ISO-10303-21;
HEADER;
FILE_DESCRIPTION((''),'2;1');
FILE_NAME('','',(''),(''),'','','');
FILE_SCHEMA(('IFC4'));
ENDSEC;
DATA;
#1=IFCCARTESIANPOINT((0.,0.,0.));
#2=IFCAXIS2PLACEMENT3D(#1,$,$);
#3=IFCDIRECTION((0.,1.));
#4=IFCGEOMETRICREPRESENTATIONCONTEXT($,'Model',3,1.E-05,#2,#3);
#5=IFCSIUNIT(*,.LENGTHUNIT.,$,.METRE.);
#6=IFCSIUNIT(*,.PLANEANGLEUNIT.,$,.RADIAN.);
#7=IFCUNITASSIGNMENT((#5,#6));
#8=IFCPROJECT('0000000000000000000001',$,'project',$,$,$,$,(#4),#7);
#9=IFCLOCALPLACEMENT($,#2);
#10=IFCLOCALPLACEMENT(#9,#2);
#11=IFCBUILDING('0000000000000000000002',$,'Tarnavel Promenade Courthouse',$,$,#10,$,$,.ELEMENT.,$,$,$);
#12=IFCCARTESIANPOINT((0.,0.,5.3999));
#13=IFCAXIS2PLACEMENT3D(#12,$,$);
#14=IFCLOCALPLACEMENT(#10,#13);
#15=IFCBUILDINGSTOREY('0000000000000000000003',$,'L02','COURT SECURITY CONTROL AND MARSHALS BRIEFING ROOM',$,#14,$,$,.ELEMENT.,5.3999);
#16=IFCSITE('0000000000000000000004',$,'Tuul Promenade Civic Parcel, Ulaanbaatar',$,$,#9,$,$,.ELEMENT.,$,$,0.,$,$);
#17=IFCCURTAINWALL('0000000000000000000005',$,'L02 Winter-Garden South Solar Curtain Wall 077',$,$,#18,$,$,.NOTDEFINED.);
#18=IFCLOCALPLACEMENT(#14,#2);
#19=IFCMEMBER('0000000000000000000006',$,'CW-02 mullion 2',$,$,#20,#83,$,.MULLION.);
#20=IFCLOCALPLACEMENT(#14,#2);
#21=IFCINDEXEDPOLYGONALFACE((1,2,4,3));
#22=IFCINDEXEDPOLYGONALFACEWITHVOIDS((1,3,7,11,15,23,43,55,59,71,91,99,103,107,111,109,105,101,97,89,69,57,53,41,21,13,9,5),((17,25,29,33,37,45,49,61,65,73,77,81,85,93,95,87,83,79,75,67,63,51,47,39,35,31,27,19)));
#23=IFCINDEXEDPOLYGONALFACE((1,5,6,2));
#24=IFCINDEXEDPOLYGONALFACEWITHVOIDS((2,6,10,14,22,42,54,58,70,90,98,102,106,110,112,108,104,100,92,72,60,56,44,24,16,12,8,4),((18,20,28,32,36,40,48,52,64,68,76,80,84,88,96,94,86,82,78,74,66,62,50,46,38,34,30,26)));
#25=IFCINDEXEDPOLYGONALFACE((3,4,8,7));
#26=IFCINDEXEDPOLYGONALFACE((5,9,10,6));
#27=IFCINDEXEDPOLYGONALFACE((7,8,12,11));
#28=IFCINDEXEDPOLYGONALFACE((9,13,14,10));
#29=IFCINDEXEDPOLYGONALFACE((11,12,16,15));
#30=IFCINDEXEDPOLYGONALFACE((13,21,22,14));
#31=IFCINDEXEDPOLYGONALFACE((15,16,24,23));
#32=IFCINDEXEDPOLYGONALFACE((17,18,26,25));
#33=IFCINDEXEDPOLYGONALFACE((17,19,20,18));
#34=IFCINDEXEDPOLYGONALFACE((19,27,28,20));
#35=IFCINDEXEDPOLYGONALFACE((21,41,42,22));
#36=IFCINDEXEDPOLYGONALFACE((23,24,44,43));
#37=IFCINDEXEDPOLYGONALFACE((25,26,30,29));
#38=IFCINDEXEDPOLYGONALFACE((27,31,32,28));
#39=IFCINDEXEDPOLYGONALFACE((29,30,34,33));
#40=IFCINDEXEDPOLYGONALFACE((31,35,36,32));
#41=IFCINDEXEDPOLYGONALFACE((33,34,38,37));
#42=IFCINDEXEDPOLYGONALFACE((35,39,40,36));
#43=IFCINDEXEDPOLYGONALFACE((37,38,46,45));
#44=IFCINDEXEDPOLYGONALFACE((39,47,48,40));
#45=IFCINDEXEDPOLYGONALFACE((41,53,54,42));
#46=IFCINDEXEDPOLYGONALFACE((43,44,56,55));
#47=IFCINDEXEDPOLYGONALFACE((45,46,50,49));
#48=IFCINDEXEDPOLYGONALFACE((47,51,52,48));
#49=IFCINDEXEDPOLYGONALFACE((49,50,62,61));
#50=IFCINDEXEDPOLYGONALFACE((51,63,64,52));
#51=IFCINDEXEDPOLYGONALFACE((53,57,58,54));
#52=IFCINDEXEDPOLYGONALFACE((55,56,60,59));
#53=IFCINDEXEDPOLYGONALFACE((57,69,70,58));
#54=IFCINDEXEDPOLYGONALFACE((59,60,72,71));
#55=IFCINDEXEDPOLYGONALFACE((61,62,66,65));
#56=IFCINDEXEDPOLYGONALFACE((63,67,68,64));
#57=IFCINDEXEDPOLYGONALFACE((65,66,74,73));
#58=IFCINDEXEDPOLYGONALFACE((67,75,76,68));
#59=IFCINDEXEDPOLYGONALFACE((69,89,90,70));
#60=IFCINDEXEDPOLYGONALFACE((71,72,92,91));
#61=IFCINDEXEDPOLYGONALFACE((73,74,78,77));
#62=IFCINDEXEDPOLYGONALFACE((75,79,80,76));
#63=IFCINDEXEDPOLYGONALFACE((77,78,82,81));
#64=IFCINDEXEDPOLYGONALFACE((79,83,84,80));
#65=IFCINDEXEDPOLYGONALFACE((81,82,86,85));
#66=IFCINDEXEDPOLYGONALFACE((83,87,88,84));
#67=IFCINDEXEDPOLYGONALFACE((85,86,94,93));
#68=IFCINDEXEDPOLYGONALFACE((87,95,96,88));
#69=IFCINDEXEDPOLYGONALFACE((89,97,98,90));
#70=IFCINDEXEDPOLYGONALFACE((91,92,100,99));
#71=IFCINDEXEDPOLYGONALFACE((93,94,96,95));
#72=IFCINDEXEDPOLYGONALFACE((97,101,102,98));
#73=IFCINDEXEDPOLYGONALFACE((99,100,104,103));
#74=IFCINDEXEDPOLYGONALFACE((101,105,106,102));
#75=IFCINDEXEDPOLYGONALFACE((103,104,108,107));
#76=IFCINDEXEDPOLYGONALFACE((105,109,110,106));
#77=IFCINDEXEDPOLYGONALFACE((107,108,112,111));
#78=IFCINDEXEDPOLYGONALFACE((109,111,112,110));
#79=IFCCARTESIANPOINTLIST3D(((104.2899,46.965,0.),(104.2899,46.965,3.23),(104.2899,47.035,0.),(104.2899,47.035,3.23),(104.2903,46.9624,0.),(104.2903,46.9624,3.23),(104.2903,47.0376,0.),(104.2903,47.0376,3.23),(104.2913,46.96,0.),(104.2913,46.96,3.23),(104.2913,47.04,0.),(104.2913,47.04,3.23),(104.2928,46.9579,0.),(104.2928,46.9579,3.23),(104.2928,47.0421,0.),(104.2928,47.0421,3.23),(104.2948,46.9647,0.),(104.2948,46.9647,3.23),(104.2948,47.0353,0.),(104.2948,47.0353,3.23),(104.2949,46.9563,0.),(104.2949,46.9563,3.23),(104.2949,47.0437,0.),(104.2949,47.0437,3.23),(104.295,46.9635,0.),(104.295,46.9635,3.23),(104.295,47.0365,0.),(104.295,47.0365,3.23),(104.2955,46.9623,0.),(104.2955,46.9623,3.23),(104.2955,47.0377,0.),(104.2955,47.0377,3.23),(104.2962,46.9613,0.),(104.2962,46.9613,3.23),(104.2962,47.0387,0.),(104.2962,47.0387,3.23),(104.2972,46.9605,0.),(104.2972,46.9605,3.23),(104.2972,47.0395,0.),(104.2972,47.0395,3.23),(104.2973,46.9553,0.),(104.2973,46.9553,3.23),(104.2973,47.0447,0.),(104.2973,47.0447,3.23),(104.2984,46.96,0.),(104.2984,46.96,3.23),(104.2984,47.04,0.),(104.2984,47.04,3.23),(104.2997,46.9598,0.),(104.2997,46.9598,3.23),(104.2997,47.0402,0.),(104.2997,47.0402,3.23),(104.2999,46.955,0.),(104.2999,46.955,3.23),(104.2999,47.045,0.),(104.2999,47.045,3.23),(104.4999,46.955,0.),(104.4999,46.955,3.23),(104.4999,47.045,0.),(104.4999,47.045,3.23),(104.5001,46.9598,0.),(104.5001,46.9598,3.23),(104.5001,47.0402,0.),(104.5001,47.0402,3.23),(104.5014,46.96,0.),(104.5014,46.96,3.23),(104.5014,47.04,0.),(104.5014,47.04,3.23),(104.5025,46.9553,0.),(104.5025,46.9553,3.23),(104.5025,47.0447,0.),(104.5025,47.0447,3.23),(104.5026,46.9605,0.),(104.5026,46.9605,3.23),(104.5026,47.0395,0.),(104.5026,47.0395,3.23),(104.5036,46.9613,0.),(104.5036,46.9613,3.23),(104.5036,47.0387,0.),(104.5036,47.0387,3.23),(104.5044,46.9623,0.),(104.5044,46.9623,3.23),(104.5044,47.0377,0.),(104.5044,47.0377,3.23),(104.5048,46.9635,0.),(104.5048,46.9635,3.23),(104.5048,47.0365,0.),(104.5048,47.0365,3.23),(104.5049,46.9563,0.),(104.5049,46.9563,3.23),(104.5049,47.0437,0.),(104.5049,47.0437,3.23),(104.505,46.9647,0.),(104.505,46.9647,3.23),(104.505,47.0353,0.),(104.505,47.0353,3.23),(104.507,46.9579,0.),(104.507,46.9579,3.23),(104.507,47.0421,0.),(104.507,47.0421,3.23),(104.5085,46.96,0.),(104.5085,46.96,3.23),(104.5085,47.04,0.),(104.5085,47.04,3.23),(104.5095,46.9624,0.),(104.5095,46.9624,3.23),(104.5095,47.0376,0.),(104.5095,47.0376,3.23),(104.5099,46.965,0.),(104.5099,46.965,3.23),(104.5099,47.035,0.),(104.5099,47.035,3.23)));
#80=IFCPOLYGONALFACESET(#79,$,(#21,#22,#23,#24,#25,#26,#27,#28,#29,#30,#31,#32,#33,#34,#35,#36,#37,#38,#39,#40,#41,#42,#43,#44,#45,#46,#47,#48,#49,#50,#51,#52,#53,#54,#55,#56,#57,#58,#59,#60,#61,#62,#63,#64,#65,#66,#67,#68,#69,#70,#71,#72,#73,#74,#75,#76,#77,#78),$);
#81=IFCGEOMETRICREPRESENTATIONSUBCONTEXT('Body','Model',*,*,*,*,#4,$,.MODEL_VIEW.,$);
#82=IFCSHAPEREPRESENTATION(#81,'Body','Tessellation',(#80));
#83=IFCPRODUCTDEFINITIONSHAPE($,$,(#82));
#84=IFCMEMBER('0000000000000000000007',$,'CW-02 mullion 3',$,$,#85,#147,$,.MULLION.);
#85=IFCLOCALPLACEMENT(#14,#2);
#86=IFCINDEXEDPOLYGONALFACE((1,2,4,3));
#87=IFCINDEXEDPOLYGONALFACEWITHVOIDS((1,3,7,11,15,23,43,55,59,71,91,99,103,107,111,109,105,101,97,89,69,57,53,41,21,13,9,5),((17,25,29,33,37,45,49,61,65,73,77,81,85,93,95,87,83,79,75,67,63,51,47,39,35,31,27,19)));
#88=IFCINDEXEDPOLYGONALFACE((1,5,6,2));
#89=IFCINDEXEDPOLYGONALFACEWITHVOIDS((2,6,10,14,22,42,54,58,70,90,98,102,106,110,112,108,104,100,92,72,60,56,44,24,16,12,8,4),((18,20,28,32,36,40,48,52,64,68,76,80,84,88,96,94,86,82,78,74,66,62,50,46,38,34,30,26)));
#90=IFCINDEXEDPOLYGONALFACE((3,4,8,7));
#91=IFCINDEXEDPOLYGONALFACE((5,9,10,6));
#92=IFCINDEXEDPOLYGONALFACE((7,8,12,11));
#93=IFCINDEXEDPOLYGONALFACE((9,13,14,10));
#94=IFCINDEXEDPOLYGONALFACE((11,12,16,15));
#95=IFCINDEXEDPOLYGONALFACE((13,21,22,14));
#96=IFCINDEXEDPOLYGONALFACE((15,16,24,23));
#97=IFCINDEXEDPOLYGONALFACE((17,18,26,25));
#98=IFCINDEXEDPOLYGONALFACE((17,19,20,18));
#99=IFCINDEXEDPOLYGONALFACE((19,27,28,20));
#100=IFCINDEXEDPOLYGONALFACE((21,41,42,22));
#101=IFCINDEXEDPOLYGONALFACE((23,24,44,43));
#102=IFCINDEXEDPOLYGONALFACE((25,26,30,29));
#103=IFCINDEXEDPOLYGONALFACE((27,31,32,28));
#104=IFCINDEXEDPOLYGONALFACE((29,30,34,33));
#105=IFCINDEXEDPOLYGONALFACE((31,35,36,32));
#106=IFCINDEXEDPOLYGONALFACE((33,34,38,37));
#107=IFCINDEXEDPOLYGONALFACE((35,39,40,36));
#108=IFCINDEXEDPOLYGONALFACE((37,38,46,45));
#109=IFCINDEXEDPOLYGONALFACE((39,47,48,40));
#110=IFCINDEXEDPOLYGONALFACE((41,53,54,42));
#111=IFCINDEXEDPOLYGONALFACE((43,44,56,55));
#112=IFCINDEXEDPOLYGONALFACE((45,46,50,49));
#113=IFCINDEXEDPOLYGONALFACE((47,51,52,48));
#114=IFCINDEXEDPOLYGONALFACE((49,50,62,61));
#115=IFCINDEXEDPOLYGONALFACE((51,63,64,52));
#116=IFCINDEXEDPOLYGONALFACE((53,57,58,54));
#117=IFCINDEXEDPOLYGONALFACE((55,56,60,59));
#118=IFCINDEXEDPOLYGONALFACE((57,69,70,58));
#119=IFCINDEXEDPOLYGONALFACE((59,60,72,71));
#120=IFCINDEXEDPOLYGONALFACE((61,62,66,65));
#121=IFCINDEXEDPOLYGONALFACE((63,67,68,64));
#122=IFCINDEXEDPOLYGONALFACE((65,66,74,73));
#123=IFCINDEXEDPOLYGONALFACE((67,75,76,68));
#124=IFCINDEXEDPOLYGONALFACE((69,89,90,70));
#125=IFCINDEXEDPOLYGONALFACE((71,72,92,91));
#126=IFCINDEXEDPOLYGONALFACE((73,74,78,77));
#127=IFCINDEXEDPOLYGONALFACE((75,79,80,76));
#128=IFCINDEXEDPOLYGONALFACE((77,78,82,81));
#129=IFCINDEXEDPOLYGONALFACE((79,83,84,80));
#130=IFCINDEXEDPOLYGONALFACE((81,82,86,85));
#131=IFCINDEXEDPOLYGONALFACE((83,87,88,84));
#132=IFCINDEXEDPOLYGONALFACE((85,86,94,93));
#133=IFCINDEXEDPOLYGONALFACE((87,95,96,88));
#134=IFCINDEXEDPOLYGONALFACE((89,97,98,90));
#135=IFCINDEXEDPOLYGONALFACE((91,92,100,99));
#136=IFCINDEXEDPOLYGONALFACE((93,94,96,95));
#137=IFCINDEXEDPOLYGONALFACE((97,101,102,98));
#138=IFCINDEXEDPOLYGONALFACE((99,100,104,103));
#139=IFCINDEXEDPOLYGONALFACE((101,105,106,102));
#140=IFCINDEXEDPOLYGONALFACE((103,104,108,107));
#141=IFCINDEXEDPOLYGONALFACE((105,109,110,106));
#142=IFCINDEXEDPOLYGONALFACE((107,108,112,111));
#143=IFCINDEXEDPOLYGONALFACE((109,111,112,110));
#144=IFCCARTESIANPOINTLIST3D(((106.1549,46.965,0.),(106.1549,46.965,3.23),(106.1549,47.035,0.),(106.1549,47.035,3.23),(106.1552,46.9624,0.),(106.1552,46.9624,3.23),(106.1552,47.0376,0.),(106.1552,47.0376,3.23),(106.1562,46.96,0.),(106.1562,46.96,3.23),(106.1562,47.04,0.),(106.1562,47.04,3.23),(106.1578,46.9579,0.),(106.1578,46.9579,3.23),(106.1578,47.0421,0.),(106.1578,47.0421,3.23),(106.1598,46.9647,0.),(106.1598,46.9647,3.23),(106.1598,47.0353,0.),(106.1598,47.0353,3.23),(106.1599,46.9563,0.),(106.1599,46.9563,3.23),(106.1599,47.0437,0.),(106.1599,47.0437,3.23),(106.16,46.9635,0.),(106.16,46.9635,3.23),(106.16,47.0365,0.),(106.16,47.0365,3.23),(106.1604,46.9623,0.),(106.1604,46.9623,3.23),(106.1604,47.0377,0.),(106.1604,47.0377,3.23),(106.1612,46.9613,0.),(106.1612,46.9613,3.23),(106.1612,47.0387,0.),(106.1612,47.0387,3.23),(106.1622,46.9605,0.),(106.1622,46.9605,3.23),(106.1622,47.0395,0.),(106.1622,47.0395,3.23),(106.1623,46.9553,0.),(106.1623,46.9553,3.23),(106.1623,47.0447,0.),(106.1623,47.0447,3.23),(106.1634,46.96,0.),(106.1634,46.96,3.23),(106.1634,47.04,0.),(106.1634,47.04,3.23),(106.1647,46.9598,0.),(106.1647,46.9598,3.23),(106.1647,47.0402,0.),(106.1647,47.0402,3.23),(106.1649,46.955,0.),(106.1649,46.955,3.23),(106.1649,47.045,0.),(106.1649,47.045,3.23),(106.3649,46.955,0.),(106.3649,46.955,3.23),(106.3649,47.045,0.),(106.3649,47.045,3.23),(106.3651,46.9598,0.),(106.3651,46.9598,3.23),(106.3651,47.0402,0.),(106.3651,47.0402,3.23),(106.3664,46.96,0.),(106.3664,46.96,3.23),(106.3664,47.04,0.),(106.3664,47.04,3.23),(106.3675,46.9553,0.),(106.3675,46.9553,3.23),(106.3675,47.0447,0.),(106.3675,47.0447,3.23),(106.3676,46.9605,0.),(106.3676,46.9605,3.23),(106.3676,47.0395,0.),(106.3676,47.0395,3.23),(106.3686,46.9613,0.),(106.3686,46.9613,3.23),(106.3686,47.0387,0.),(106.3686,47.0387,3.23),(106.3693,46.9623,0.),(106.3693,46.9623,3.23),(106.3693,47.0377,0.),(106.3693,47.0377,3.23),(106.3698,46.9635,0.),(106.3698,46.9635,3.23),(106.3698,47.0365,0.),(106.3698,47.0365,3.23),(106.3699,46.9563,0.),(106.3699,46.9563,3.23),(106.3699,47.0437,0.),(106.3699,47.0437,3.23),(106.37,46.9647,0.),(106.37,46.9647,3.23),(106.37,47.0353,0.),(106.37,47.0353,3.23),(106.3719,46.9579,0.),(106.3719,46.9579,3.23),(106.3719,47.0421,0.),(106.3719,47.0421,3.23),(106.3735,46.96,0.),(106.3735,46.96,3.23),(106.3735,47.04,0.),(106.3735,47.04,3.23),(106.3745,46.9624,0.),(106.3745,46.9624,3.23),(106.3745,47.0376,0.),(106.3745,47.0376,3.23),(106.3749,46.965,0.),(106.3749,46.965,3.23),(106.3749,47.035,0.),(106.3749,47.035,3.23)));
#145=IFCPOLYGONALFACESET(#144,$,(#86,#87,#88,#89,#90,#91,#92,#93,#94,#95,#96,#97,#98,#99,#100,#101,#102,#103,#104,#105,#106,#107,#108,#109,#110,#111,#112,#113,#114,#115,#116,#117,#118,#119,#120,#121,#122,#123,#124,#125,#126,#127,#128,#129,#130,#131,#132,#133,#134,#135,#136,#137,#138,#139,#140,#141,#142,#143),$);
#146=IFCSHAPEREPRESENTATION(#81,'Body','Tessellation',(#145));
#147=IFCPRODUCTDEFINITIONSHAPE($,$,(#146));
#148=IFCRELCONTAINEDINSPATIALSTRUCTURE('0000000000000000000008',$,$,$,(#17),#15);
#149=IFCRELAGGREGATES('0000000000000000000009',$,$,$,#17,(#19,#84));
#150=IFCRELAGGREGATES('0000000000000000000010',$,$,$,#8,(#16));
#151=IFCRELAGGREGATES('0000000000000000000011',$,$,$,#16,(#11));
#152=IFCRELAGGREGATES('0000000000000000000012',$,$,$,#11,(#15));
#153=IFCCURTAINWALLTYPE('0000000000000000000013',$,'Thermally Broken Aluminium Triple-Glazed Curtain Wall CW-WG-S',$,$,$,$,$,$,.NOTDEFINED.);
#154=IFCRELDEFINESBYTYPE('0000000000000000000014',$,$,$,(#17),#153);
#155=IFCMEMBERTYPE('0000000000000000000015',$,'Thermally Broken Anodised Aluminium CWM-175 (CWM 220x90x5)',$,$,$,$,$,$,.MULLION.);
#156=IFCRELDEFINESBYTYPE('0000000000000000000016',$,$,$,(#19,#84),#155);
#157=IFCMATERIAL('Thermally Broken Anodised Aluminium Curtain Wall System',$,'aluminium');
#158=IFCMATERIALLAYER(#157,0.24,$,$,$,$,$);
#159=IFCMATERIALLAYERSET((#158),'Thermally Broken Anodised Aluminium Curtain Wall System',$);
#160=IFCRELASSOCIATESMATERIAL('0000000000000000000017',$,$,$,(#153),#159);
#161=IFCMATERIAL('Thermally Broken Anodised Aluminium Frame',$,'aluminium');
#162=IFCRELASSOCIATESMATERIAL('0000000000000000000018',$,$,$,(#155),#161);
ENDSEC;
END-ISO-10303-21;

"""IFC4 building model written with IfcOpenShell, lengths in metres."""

from ifc_helpers import new_model, si_unit, direction, frame, origin, origin_2d, place, context, subcontext, project, spatial, hollow_rectangle, extrude, material, layer, layer_set, material_profile, profile_set, type_object, element, aggregate, save


model = new_model("IFC4")

# Units and contexts
model_context = context("Model", 3, precision=1e-05, world=origin(), true_north=direction((0.0, 1.0)))
body_context = subcontext(model_context, "Body", "Model", "MODEL_VIEW")
ifc_project = project(units=[si_unit("LENGTHUNIT", "METRE"), si_unit("PLANEANGLEUNIT", "RADIAN")], contexts=[model_context])

# Site, building, storey
site_placement = place(None, origin())
site = spatial("IfcSite", under=ifc_project, at=site_placement, Name="Tuul Promenade Civic Parcel, Ulaanbaatar", CompositionType="ELEMENT", RefElevation=0.0)
building_placement = place(site_placement, origin())
building = spatial("IfcBuilding", under=site, at=building_placement, Name="Tarnavel Promenade Courthouse", CompositionType="ELEMENT")
storey_placement = place(building_placement, frame((0.0, 0.0, 5.3999)))
storey = spatial("IfcBuildingStorey", under=building, at=storey_placement, Name="L02", Description="COURT SECURITY CONTROL AND MARSHALS BRIEFING ROOM", CompositionType="ELEMENT", Elevation=5.3999)

# Shared definitions
ifc_material_1 = material(Name="Thermally Broken Anodised Aluminium Curtain Wall System", Category="aluminium")
ifc_layer_1 = layer(ifc_material_1, 0.24)
ifc_layer_set_1 = layer_set([ifc_layer_1], Name="Thermally Broken Anodised Aluminium Curtain Wall System")
curtain_wall_type = type_object("IfcCurtainWallType", Name="Thermally Broken Aluminium Triple-Glazed Curtain Wall CW-WG-S", PredefinedType="NOTDEFINED", material=ifc_layer_set_1)
ifc_material_2 = material(Name="Thermally Broken Anodised Aluminium Frame", Category="aluminium")
ifc_material_profile_1 = material_profile(ifc_material_2, hollow_rectangle(XDim=0.0901, YDim=0.22, WallThickness=0.0049, InnerFilletRadius=0.0049, OuterFilletRadius=0.01, at=origin_2d()), Name="CWM 220x90x5")
ifc_profile_set_1 = profile_set([ifc_material_profile_1], Name="Thermally Broken Anodised Aluminium Frame")
member_type_1 = type_object("IfcMemberType", Name="Thermally Broken Anodised Aluminium CWM-175 (CWM 220x90x5)", PredefinedType="MULLION", material=ifc_profile_set_1)

# Curtain wall, members
curtain_wall_1_placement = place(storey_placement, origin())
curtain_wall_1 = element("IfcCurtainWall", 1, at=curtain_wall_1_placement, inside=storey, type_object=curtain_wall_type, Name="L02 Winter-Garden South Solar Curtain Wall 077", PredefinedType="NOTDEFINED")
member_1_placement = place(storey_placement, frame((104.3999, 47.0, 0.0), z_axis=(0.0, 0.0, 1.0), x_axis=(0.0, 1.0, 0.0)))
member_1 = element("IfcMember", 2, at=member_1_placement, type_object=member_type_1, Name="CW-02 mullion 2", PredefinedType="MULLION", context=body_context, shape_type="SweptSolid", body=[
    extrude(hollow_rectangle(XDim=0.0901, YDim=0.22, WallThickness=0.0049, InnerFilletRadius=0.0049, OuterFilletRadius=0.01, at=origin_2d()), origin(), (0.0, 0.0, 1.0), 3.23),
])
member_2_placement = place(storey_placement, frame((106.2649, 47.0, 0.0), z_axis=(0.0, 0.0, 1.0), x_axis=(0.0, 1.0, 0.0)))
member_2 = element("IfcMember", 3, at=member_2_placement, type_object=member_type_1, Name="CW-02 mullion 3", PredefinedType="MULLION", context=body_context, shape_type="SweptSolid", body=[
    extrude(hollow_rectangle(XDim=0.0901, YDim=0.22, WallThickness=0.0049, InnerFilletRadius=0.0049, OuterFilletRadius=0.01, at=origin_2d()), origin(), (0.0, 0.0, 1.0), 3.23),
])

aggregate(curtain_wall_1, [member_1, member_2])

save(model, "model.ifc")
